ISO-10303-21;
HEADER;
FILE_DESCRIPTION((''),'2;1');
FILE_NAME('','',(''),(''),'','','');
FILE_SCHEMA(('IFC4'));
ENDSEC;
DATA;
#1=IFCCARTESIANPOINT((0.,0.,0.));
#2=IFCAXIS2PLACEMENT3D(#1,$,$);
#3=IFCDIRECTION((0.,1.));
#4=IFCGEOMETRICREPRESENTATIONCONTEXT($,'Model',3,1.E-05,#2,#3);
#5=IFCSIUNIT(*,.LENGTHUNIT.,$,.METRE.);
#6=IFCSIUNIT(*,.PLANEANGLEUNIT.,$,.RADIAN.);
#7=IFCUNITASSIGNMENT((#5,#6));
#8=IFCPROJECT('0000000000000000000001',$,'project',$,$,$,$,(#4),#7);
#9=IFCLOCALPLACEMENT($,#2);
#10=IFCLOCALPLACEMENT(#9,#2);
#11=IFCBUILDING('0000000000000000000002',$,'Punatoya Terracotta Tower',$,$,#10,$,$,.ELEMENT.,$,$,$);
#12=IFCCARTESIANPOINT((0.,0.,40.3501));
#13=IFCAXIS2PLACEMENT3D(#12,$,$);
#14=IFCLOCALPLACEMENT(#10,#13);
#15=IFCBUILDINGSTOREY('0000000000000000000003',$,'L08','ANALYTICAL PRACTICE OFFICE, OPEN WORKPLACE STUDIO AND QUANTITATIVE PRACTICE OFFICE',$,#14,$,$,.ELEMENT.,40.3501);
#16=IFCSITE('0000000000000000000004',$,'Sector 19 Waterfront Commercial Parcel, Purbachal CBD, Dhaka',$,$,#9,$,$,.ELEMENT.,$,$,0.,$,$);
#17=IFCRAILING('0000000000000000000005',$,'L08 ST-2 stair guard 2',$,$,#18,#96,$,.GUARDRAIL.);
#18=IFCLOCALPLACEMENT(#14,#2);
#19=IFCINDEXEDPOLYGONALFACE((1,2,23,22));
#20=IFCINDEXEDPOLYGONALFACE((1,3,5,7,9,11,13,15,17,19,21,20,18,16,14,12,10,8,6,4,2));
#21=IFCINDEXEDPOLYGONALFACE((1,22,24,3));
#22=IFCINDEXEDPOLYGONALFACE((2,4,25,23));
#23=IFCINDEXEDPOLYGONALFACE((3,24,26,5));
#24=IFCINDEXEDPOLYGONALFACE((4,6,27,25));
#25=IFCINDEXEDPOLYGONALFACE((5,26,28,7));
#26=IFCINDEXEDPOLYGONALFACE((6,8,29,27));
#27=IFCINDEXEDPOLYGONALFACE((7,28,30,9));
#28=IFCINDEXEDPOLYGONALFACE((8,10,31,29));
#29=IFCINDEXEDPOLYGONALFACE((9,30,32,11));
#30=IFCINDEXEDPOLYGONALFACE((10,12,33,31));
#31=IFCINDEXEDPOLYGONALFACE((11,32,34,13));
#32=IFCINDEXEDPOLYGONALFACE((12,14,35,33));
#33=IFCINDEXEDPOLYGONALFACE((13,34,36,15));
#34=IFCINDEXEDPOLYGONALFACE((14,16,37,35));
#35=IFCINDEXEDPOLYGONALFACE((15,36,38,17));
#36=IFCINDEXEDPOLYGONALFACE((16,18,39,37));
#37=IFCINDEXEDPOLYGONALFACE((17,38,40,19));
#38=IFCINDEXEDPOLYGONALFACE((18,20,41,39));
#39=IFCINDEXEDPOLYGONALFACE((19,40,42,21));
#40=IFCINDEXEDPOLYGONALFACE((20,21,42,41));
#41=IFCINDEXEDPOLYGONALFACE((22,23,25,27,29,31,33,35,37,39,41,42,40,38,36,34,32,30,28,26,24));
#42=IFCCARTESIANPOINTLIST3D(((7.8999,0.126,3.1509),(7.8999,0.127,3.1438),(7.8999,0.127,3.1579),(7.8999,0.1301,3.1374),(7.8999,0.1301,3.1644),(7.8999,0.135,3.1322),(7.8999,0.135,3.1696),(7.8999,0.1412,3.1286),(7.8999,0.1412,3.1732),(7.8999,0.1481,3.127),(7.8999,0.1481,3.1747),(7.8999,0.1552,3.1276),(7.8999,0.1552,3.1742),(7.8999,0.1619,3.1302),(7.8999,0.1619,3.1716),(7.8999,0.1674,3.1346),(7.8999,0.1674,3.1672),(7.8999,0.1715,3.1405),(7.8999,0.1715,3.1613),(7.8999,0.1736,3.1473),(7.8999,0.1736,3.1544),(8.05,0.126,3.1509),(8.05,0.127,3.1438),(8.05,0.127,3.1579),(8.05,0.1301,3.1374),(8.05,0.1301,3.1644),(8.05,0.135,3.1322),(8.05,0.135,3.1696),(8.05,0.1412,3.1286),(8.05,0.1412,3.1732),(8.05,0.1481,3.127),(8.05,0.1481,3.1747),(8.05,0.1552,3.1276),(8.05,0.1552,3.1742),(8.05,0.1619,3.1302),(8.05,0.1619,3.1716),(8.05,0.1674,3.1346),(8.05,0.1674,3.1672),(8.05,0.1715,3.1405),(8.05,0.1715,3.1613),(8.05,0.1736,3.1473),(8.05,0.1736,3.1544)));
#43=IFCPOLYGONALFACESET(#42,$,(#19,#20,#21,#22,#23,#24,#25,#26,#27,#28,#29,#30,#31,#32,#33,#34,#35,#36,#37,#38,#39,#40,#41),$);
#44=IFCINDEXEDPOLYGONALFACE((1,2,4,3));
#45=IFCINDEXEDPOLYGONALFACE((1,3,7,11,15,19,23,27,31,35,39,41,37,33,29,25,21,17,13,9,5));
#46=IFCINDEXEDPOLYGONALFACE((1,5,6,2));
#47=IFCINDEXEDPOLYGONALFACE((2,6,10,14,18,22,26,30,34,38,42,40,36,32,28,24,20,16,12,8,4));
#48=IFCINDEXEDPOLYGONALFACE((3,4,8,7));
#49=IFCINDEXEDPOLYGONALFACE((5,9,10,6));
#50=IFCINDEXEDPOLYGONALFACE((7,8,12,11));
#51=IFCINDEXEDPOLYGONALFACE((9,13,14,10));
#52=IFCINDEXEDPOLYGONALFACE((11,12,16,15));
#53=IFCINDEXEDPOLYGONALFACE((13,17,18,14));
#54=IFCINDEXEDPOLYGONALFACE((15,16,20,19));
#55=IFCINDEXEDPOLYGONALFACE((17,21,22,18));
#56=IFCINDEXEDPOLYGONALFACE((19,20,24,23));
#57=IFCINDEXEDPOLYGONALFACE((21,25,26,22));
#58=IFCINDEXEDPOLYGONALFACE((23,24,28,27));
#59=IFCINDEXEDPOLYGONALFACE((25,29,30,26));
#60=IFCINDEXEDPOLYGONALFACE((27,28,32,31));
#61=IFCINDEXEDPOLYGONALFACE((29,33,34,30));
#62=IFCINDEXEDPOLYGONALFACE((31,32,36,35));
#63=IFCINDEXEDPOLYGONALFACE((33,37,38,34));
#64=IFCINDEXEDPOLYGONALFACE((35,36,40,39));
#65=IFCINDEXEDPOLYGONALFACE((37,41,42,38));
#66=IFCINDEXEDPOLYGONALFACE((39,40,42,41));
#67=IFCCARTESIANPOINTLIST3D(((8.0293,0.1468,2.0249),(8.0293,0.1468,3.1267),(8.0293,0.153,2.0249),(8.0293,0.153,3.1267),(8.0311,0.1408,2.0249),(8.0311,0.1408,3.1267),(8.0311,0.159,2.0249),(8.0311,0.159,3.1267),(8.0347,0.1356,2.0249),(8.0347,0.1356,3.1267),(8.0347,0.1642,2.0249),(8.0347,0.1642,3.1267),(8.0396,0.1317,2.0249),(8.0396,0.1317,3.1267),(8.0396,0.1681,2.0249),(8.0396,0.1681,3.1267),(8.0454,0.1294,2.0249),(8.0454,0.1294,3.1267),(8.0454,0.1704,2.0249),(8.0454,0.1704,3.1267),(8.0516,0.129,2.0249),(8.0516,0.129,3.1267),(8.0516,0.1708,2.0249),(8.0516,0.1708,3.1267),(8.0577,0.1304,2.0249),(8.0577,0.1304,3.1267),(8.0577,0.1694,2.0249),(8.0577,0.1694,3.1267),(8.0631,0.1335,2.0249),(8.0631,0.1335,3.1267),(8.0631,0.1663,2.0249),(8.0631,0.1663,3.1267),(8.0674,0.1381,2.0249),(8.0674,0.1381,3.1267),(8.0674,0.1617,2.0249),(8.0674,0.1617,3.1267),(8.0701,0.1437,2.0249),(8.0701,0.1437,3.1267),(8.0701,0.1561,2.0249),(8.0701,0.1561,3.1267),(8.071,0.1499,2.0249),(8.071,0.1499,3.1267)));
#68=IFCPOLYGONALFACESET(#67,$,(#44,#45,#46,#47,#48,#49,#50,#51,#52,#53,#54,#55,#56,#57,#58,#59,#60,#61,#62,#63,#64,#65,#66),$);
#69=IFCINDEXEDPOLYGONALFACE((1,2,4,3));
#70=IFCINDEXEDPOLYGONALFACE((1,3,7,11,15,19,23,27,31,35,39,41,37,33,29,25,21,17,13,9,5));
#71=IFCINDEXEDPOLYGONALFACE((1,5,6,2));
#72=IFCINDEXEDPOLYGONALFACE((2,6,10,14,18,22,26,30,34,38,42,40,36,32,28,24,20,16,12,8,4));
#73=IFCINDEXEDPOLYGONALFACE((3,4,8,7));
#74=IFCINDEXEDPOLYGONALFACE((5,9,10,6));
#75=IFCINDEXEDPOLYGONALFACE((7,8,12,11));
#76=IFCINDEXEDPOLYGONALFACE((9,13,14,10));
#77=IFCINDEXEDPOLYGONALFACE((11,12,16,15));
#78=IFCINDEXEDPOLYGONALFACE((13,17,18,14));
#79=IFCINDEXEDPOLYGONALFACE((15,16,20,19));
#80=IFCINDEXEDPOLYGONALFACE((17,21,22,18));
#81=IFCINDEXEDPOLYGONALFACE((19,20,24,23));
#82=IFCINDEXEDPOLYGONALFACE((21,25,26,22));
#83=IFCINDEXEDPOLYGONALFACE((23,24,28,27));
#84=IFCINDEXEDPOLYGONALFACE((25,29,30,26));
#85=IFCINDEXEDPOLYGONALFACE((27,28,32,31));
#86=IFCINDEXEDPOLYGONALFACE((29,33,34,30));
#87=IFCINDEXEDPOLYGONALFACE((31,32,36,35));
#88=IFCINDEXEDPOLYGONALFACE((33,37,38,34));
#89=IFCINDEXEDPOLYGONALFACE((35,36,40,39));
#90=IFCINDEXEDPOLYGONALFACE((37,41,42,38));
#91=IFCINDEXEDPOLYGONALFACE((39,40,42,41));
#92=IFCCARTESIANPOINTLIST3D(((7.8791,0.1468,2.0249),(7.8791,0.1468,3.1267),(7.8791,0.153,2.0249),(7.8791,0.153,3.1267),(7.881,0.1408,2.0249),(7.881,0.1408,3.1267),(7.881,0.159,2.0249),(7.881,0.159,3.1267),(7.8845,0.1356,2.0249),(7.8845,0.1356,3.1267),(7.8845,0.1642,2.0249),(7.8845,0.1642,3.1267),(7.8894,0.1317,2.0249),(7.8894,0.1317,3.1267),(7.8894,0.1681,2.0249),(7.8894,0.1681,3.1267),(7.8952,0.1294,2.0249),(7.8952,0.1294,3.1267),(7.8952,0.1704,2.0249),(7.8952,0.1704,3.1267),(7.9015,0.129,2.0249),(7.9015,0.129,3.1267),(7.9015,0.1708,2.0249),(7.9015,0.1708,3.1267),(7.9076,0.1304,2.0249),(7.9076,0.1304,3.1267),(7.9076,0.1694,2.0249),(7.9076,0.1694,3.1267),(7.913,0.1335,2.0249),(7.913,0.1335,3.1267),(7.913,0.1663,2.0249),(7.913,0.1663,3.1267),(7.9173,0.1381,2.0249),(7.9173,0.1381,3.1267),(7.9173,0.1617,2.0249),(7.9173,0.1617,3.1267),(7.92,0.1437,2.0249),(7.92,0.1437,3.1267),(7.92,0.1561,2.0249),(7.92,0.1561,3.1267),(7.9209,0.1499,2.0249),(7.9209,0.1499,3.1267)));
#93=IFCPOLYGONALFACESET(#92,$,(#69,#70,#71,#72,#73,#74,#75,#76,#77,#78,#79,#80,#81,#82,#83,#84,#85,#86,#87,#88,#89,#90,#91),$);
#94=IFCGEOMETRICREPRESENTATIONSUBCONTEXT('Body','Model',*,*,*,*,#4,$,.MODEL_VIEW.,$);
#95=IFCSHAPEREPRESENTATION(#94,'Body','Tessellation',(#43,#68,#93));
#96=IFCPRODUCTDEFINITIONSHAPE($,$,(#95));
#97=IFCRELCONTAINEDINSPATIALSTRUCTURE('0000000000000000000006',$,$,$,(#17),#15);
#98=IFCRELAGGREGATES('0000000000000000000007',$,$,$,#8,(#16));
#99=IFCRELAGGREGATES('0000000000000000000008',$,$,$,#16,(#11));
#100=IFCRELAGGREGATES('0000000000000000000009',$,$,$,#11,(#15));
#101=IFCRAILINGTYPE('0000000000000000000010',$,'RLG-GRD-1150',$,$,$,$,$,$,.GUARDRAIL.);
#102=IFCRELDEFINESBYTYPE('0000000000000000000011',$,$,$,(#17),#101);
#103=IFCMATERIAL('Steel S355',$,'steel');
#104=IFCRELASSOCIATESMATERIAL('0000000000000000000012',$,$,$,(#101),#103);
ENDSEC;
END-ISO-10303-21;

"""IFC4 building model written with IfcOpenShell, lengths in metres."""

from ifc_helpers import new_model, si_unit, direction, frame, origin, origin_2d, place, context, subcontext, project, spatial, circle, extrude, material, type_object, element, save


model = new_model("IFC4")

# Units and contexts
model_context = context("Model", 3, precision=1e-05, world=origin(), true_north=direction((0.0, 1.0)))
body_context = subcontext(model_context, "Body", "Model", "MODEL_VIEW")
ifc_project = project(units=[si_unit("LENGTHUNIT", "METRE"), si_unit("PLANEANGLEUNIT", "RADIAN")], contexts=[model_context])

# Site, building, storey
site_placement = place(None, origin())
site = spatial("IfcSite", under=ifc_project, at=site_placement, Name="Sector 19 Waterfront Commercial Parcel, Purbachal CBD, Dhaka", CompositionType="ELEMENT", RefElevation=0.0)
building_placement = place(site_placement, origin())
building = spatial("IfcBuilding", under=site, at=building_placement, Name="Punatoya Terracotta Tower", CompositionType="ELEMENT")
storey_placement = place(building_placement, frame((0.0, 0.0, 40.3501)))
storey = spatial("IfcBuildingStorey", under=building, at=storey_placement, Name="L08", Description="ANALYTICAL PRACTICE OFFICE, OPEN WORKPLACE STUDIO AND QUANTITATIVE PRACTICE OFFICE", CompositionType="ELEMENT", Elevation=40.3501)

# Shared definitions
ifc_material_1 = material(Name="Steel S355", Category="steel")

# Railing
railing_type_1 = type_object("IfcRailingType", Name="RLG-GRD-1150", PredefinedType="GUARDRAIL", material=ifc_material_1)
railing_1_placement = place(storey_placement, frame((8.05, 0.1499, 2.0249)))
element("IfcRailing", 1, at=railing_1_placement, inside=storey, type_object=railing_type_1, Name="L08 ST-2 stair guard 2", PredefinedType="GUARDRAIL", context=body_context, shape_type="SweptSolid", body=[
    extrude(circle(Radius=0.0239, at=origin_2d()), frame((0.0, 0.0, 1.126), z_axis=(-1.0, 0.0, 0.0), x_axis=(0.0, -1.0, 0.0)), (0.0, 0.0, 1.0), 0.1501),
    extrude(circle(Radius=0.021, at=origin_2d()), origin(), (0.0, 0.0, 1.0), 1.1018),
    extrude(circle(Radius=0.021, at=origin_2d()), frame((-0.1501, 0.0, 0.0)), (0.0, 0.0, 1.0), 1.1018),
])

save(model, "model.ifc")
